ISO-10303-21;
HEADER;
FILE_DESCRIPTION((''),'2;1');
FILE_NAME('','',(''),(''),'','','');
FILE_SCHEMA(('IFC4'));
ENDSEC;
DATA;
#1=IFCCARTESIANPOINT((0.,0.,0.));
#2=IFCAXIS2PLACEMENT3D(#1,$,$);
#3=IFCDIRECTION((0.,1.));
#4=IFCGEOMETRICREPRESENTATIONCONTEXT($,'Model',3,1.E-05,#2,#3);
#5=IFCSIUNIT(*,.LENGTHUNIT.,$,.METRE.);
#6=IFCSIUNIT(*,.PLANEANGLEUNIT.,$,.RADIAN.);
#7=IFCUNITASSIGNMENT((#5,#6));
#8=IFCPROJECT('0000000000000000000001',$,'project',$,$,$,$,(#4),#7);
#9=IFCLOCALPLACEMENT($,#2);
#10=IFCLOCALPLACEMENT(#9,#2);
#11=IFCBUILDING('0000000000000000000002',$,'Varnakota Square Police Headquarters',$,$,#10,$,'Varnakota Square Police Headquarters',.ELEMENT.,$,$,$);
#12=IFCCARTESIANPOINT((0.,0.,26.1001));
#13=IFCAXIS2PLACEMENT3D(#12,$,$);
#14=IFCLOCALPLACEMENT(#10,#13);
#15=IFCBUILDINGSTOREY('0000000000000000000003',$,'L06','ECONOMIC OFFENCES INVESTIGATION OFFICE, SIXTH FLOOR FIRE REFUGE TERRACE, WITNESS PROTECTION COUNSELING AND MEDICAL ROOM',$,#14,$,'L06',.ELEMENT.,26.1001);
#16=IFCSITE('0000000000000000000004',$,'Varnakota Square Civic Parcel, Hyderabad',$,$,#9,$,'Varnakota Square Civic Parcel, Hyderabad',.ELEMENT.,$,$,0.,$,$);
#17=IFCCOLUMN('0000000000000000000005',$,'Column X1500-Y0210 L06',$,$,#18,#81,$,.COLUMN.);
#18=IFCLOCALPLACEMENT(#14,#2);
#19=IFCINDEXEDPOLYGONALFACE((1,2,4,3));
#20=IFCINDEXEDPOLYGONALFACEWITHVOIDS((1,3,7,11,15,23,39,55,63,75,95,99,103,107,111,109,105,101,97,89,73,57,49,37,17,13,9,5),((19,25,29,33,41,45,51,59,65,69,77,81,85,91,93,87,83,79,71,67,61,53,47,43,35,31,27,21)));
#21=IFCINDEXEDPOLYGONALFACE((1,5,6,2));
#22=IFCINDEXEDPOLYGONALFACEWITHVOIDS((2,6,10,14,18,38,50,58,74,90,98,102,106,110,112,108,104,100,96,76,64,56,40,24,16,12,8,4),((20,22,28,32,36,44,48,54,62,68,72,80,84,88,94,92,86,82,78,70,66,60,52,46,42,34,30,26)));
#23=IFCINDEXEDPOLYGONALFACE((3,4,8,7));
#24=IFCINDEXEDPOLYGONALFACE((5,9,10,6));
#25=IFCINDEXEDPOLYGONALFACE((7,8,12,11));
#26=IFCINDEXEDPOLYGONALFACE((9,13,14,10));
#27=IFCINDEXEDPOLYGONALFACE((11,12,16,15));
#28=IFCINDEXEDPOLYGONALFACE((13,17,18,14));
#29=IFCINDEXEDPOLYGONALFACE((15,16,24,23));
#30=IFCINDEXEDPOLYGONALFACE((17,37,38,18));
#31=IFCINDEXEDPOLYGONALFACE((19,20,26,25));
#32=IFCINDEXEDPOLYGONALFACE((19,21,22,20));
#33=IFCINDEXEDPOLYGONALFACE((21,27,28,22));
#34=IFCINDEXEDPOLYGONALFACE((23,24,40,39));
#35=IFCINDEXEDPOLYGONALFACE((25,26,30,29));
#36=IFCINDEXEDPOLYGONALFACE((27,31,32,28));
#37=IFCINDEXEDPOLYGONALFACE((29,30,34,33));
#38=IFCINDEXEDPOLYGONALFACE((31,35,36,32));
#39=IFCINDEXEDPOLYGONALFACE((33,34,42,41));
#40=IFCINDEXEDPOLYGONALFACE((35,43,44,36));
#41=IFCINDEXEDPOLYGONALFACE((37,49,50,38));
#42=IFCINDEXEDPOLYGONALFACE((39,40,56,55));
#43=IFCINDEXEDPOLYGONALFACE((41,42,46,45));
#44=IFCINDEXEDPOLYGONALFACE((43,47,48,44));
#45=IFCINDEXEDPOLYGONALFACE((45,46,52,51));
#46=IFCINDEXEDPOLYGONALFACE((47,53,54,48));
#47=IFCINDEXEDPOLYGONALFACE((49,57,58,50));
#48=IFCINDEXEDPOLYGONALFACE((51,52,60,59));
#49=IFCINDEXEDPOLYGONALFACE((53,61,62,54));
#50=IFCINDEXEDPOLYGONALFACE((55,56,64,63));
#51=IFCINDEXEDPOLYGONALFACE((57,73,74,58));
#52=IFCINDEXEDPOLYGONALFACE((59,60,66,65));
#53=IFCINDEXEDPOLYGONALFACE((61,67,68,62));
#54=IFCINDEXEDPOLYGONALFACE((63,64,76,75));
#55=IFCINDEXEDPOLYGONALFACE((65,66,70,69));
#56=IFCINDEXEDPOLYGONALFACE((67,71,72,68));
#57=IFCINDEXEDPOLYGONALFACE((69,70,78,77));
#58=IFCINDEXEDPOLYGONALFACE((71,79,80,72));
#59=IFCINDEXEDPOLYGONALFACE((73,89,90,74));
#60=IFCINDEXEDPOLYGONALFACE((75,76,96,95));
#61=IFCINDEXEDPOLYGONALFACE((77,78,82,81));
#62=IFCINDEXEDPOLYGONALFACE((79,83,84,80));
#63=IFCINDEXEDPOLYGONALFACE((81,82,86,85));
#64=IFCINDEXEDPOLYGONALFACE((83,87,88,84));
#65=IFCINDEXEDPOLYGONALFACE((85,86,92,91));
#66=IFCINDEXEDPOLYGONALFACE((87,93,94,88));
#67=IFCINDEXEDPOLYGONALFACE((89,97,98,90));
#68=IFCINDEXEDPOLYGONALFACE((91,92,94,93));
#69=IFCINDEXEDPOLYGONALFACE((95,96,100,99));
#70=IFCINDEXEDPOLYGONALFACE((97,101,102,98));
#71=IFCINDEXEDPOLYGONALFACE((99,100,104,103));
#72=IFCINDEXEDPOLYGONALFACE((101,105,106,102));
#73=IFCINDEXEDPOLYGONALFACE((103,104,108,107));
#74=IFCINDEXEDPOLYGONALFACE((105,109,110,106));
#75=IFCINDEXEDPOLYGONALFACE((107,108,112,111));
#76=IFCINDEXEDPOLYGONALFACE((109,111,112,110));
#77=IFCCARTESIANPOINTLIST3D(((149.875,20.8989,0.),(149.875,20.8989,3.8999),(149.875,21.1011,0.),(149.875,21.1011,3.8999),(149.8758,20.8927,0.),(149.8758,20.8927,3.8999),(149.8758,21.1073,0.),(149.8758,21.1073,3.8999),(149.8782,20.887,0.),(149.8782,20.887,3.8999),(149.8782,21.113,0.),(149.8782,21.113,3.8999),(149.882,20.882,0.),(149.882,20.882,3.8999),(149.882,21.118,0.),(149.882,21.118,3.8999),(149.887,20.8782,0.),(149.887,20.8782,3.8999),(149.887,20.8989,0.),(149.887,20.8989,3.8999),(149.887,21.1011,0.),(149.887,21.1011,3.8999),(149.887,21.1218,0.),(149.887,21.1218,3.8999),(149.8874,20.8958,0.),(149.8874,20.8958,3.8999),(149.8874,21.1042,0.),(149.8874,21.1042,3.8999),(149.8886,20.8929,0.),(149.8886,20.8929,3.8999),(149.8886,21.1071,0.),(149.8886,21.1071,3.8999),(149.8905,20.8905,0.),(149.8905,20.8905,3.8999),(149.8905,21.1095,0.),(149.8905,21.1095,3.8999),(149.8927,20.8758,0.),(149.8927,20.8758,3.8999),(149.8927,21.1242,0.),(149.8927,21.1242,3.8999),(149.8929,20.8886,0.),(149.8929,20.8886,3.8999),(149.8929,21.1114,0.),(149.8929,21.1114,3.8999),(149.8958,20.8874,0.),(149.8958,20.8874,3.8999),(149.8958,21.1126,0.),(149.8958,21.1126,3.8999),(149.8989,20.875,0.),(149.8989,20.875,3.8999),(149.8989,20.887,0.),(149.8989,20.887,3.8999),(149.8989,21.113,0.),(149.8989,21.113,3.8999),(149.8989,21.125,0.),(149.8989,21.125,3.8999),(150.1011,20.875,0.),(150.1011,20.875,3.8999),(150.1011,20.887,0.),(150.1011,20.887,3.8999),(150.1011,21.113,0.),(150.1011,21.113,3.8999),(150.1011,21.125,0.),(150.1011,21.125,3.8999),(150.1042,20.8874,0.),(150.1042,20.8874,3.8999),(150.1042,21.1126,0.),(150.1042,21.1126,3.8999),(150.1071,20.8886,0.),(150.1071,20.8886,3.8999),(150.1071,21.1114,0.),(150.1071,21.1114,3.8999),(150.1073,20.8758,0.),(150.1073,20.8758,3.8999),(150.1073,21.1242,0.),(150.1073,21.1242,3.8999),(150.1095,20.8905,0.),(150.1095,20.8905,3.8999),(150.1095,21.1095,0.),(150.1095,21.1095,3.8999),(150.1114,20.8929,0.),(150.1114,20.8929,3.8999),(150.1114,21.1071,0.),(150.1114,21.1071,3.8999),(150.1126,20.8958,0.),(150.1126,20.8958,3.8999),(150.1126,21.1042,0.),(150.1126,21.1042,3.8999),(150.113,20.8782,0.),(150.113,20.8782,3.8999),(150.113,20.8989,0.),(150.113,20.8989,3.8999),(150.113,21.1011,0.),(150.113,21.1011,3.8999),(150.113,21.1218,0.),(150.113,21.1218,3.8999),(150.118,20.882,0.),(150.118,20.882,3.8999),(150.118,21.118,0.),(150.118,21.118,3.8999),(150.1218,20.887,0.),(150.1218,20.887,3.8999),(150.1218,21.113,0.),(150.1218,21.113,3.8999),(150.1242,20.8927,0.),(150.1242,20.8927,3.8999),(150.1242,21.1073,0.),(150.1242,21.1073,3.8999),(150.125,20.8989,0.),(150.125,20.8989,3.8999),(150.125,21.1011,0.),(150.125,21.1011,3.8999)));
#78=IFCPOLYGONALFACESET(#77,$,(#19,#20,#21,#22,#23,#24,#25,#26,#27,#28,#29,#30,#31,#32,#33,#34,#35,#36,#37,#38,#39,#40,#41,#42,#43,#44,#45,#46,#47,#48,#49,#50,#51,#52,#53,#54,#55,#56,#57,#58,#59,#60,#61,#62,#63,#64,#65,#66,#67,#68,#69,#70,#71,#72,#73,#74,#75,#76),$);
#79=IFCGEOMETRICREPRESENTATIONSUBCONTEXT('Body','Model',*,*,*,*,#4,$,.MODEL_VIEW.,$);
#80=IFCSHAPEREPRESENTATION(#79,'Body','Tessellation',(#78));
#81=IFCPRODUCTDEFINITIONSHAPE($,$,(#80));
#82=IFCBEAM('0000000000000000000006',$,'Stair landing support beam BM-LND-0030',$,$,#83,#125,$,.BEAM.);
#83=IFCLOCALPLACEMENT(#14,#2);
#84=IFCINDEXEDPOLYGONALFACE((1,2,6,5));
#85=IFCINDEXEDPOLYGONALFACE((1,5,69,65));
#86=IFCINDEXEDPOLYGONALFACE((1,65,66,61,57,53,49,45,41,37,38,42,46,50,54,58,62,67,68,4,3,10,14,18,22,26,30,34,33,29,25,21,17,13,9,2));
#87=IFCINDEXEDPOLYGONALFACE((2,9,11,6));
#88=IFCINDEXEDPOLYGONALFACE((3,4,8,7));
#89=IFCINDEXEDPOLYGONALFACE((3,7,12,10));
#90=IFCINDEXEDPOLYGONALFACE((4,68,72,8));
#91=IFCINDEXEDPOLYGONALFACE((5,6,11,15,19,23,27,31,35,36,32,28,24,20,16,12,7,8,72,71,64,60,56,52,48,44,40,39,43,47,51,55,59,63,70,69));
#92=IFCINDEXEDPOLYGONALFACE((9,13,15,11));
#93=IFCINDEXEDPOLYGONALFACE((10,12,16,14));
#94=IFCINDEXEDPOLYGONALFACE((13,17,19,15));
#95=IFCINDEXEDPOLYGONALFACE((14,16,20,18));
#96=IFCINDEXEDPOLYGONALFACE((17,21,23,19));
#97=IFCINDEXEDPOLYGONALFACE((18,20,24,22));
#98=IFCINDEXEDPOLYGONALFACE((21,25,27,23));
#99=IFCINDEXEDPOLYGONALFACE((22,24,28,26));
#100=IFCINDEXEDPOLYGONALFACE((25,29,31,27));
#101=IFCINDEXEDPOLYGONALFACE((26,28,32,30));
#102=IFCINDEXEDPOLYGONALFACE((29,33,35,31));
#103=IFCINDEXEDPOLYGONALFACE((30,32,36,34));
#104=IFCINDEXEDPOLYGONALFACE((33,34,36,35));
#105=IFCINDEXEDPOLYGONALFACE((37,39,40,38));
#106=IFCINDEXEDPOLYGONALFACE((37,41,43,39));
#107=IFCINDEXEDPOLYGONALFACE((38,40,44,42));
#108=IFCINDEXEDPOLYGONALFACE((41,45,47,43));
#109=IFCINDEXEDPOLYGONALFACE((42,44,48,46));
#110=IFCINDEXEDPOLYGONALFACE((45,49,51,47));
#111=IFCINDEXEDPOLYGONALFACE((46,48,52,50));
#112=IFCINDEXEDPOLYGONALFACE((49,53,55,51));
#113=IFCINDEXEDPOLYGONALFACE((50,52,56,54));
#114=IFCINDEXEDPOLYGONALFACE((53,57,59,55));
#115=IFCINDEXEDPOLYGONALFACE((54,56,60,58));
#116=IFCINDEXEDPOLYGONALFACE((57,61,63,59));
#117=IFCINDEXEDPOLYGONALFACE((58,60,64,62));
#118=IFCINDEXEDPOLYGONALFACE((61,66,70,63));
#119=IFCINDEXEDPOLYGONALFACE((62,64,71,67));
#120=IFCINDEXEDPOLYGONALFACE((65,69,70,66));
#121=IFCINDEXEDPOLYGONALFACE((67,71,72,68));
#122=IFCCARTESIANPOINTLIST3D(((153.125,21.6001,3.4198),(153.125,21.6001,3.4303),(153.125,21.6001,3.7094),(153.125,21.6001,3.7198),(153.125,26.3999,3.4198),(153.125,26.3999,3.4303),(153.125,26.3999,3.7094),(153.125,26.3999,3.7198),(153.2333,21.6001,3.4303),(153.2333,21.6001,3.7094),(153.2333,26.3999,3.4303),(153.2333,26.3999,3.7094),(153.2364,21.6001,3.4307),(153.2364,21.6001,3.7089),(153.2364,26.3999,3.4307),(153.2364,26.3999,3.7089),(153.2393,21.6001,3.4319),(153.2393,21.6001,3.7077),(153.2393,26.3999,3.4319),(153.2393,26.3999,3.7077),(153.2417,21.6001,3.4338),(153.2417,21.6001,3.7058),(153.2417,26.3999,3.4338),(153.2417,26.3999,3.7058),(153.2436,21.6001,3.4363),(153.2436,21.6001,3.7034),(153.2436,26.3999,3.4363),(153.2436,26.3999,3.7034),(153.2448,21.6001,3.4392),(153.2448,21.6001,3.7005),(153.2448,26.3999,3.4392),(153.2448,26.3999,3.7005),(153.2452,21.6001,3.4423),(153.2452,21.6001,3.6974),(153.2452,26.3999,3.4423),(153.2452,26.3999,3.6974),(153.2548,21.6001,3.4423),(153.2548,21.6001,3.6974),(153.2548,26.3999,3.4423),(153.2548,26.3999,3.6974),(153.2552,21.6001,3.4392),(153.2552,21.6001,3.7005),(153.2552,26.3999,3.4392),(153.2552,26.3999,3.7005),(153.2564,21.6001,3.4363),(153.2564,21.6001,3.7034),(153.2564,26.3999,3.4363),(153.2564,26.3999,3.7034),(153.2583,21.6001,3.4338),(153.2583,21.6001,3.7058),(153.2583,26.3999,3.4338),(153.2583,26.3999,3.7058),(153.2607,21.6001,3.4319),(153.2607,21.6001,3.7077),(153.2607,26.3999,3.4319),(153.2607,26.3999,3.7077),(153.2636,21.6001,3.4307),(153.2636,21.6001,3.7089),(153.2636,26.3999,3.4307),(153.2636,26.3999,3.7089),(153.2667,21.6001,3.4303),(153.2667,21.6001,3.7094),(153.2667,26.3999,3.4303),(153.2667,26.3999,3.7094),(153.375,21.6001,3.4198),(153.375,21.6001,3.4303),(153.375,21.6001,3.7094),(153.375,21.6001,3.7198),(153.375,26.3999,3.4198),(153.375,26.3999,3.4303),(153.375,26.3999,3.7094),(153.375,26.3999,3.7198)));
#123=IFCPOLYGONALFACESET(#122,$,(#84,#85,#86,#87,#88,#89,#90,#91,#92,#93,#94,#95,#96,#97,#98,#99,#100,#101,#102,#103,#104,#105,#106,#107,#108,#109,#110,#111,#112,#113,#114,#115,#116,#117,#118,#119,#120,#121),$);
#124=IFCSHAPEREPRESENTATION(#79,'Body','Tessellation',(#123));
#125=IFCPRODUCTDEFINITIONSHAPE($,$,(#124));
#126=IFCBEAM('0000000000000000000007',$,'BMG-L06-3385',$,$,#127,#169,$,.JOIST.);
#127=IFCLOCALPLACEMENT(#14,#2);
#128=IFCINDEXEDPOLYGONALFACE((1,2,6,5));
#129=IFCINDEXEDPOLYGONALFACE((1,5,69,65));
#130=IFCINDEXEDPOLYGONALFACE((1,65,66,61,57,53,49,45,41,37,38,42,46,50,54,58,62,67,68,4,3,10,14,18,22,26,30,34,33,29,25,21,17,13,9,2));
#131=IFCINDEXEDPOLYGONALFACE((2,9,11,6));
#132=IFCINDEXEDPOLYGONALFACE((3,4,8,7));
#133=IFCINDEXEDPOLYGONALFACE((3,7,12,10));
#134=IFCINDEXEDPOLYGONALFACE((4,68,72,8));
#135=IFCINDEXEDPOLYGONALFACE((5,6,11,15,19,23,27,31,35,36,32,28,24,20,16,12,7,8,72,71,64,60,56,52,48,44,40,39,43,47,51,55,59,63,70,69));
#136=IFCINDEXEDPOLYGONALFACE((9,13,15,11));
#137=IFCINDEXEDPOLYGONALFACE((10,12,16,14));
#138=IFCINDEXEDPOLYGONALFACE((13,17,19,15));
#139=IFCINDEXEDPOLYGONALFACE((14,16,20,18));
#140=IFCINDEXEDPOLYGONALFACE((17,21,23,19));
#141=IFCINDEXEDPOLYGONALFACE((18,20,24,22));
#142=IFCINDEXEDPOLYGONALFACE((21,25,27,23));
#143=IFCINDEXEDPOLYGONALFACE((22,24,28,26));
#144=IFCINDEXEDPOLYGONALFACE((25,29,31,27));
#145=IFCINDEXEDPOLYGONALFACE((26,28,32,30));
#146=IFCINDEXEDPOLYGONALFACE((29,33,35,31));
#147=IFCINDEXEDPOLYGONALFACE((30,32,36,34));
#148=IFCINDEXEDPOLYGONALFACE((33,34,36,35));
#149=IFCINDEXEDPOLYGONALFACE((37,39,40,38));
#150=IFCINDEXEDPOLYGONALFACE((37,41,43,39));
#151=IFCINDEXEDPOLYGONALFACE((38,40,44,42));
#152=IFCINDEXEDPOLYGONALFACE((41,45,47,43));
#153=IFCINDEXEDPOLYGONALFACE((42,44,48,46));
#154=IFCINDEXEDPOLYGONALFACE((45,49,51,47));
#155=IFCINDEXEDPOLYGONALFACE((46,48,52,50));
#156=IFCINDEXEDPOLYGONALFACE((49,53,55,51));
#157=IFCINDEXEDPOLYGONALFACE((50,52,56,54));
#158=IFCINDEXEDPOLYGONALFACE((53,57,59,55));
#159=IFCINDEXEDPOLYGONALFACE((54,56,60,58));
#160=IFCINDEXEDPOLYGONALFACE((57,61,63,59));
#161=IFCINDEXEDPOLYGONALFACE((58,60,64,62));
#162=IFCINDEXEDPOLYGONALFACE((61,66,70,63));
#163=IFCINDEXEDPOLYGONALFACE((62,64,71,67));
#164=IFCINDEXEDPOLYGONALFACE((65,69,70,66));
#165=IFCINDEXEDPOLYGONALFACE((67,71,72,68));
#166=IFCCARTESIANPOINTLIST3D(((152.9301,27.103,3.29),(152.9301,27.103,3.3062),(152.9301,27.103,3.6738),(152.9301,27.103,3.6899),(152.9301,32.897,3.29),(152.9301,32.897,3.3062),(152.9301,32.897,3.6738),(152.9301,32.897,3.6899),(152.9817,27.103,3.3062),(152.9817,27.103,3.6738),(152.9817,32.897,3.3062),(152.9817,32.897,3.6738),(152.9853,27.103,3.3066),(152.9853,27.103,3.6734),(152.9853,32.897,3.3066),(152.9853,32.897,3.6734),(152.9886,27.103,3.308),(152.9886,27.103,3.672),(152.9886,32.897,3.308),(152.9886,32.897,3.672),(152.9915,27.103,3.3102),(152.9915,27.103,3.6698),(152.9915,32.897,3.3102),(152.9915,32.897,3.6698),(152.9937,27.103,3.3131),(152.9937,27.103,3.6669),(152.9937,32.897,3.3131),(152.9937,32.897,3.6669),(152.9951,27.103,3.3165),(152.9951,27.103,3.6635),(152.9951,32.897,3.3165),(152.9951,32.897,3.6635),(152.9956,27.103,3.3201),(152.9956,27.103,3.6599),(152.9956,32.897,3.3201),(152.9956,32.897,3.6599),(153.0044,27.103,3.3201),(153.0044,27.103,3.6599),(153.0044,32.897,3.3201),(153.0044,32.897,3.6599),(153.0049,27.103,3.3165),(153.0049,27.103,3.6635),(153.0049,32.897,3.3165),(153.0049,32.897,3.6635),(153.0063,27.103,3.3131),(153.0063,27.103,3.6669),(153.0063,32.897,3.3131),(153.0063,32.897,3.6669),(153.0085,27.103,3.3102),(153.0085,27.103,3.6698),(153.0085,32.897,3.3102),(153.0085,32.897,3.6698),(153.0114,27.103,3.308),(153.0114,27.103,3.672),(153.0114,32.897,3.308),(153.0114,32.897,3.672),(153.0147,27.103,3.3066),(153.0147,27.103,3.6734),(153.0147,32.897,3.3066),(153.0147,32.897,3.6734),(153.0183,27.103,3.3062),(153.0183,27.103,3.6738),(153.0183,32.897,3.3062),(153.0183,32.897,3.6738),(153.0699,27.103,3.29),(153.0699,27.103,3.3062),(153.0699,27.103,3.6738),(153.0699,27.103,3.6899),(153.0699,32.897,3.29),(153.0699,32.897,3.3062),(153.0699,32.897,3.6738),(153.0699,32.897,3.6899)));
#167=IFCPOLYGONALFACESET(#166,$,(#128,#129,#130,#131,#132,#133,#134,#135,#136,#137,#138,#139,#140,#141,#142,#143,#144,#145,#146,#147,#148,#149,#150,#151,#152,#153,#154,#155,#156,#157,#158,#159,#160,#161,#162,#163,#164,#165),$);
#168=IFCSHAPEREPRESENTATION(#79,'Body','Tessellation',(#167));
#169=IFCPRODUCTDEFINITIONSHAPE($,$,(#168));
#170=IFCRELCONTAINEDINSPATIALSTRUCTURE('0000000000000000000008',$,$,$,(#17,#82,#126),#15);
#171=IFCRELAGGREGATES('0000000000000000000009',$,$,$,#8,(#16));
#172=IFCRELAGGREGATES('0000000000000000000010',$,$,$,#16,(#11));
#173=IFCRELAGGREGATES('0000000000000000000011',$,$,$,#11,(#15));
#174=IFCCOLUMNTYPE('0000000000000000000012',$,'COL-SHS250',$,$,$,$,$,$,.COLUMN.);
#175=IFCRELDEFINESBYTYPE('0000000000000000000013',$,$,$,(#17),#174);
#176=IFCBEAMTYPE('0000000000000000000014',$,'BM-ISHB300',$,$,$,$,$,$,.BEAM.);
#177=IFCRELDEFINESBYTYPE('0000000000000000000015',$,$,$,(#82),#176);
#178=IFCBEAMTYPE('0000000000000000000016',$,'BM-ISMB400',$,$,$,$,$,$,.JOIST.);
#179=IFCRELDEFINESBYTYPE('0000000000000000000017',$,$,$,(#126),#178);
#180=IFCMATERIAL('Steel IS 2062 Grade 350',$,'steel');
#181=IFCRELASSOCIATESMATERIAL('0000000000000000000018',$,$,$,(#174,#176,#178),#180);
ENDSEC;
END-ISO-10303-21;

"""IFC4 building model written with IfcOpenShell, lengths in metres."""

from ifc_helpers import new_model, si_unit, direction, frame, origin, origin_2d, place, context, subcontext, project, spatial, hollow_rectangle, i_section, extrude, material, material_profile, profile_set, type_object, element, save


model = new_model("IFC4")

# Units and contexts
model_context = context("Model", 3, precision=1e-05, world=origin(), true_north=direction((0.0, 1.0)))
body_context = subcontext(model_context, "Body", "Model", "MODEL_VIEW")
ifc_project = project(units=[si_unit("LENGTHUNIT", "METRE"), si_unit("PLANEANGLEUNIT", "RADIAN")], contexts=[model_context])

# Site, building, storey
site_placement = place(None, origin())
site = spatial("IfcSite", under=ifc_project, at=site_placement, Name="Varnakota Square Civic Parcel, Hyderabad", LongName="Varnakota Square Civic Parcel, Hyderabad", CompositionType="ELEMENT", RefElevation=0.0)
building_placement = place(site_placement, origin())
building = spatial("IfcBuilding", under=site, at=building_placement, Name="Varnakota Square Police Headquarters", LongName="Varnakota Square Police Headquarters", CompositionType="ELEMENT")
storey_placement = place(building_placement, frame((0.0, 0.0, 26.1001)))
storey = spatial("IfcBuildingStorey", under=building, at=storey_placement, Name="L06", Description="ECONOMIC OFFENCES INVESTIGATION OFFICE, SIXTH FLOOR FIRE REFUGE TERRACE, WITNESS PROTECTION COUNSELING AND MEDICAL ROOM", LongName="L06", CompositionType="ELEMENT", Elevation=26.1001)

# Column
ifc_material_1 = material(Name="Steel IS 2062 Grade 350", Category="steel")
ifc_material_profile_1 = material_profile(ifc_material_1, hollow_rectangle(XDim=0.25, YDim=0.25, WallThickness=0.012, InnerFilletRadius=0.012, OuterFilletRadius=0.0239, at=origin_2d()), Name="SHS 250x250x12")
ifc_profile_set_1 = profile_set([ifc_material_profile_1], Name="Steel IS 2062 Grade 350")
column_type_1 = type_object("IfcColumnType", Name="COL-SHS250", PredefinedType="COLUMN", material=ifc_profile_set_1)
column_1_placement = place(storey_placement, frame((150.0, 21.0, 0.0), z_axis=(0.0, 0.0, 1.0), x_axis=(1.0, 0.0, 0.0)))
element("IfcColumn", 1, at=column_1_placement, inside=storey, type_object=column_type_1, Name="Column X1500-Y0210 L06", PredefinedType="COLUMN", context=body_context, shape_type="SweptSolid", body=[
    extrude(hollow_rectangle(XDim=0.25, YDim=0.25, WallThickness=0.012, InnerFilletRadius=0.012, OuterFilletRadius=0.0239, at=origin_2d()), origin(), (0.0, 0.0, 1.0), 3.8999),
])

# Beams
ifc_material_profile_2 = material_profile(ifc_material_1, i_section(OverallWidth=0.25, OverallDepth=0.3, WebThickness=0.0095, FlangeThickness=0.0105, FilletRadius=0.012, at=origin_2d()), Name="ISHB 300")
ifc_profile_set_2 = profile_set([ifc_material_profile_2], Name="Steel IS 2062 Grade 350")
beam_type_1 = type_object("IfcBeamType", Name="BM-ISHB300", PredefinedType="BEAM", material=ifc_profile_set_2)
beam_1_placement = place(storey_placement, frame((153.25, 21.6001, 3.5698), z_axis=(0.0, 1.0, 0.0), x_axis=(-1.0, 0.0, 0.0)))
element("IfcBeam", 2, at=beam_1_placement, inside=storey, type_object=beam_type_1, Name="Stair landing support beam BM-LND-0030", PredefinedType="BEAM", context=body_context, shape_type="SweptSolid", body=[
    extrude(i_section(OverallWidth=0.25, OverallDepth=0.3, WebThickness=0.0095, FlangeThickness=0.0105, FilletRadius=0.012, at=origin_2d()), origin(), (0.0, 0.0, 1.0), 4.7998),
])
ifc_material_profile_3 = material_profile(ifc_material_1, i_section(OverallWidth=0.1399, OverallDepth=0.3999, WebThickness=0.0088, FlangeThickness=0.0161, FilletRadius=0.0139, at=origin_2d()), Name="ISMB 400")
ifc_profile_set_3 = profile_set([ifc_material_profile_3], Name="Steel IS 2062 Grade 350")
beam_type_2 = type_object("IfcBeamType", Name="BM-ISMB400", PredefinedType="JOIST", material=ifc_profile_set_3)
beam_2_placement = place(storey_placement, frame((153.0, 27.103, 3.49), z_axis=(0.0, 1.0, 0.0), x_axis=(-1.0, 0.0, 0.0)))
element("IfcBeam", 3, at=beam_2_placement, inside=storey, type_object=beam_type_2, Name="BMG-L06-3385", PredefinedType="JOIST", context=body_context, shape_type="SweptSolid", body=[
    extrude(i_section(OverallWidth=0.1399, OverallDepth=0.3999, WebThickness=0.0088, FlangeThickness=0.0161, FilletRadius=0.0139, at=origin_2d()), origin(), (0.0, 0.0, 1.0), 5.7939),
])

save(model, "model.ifc")
